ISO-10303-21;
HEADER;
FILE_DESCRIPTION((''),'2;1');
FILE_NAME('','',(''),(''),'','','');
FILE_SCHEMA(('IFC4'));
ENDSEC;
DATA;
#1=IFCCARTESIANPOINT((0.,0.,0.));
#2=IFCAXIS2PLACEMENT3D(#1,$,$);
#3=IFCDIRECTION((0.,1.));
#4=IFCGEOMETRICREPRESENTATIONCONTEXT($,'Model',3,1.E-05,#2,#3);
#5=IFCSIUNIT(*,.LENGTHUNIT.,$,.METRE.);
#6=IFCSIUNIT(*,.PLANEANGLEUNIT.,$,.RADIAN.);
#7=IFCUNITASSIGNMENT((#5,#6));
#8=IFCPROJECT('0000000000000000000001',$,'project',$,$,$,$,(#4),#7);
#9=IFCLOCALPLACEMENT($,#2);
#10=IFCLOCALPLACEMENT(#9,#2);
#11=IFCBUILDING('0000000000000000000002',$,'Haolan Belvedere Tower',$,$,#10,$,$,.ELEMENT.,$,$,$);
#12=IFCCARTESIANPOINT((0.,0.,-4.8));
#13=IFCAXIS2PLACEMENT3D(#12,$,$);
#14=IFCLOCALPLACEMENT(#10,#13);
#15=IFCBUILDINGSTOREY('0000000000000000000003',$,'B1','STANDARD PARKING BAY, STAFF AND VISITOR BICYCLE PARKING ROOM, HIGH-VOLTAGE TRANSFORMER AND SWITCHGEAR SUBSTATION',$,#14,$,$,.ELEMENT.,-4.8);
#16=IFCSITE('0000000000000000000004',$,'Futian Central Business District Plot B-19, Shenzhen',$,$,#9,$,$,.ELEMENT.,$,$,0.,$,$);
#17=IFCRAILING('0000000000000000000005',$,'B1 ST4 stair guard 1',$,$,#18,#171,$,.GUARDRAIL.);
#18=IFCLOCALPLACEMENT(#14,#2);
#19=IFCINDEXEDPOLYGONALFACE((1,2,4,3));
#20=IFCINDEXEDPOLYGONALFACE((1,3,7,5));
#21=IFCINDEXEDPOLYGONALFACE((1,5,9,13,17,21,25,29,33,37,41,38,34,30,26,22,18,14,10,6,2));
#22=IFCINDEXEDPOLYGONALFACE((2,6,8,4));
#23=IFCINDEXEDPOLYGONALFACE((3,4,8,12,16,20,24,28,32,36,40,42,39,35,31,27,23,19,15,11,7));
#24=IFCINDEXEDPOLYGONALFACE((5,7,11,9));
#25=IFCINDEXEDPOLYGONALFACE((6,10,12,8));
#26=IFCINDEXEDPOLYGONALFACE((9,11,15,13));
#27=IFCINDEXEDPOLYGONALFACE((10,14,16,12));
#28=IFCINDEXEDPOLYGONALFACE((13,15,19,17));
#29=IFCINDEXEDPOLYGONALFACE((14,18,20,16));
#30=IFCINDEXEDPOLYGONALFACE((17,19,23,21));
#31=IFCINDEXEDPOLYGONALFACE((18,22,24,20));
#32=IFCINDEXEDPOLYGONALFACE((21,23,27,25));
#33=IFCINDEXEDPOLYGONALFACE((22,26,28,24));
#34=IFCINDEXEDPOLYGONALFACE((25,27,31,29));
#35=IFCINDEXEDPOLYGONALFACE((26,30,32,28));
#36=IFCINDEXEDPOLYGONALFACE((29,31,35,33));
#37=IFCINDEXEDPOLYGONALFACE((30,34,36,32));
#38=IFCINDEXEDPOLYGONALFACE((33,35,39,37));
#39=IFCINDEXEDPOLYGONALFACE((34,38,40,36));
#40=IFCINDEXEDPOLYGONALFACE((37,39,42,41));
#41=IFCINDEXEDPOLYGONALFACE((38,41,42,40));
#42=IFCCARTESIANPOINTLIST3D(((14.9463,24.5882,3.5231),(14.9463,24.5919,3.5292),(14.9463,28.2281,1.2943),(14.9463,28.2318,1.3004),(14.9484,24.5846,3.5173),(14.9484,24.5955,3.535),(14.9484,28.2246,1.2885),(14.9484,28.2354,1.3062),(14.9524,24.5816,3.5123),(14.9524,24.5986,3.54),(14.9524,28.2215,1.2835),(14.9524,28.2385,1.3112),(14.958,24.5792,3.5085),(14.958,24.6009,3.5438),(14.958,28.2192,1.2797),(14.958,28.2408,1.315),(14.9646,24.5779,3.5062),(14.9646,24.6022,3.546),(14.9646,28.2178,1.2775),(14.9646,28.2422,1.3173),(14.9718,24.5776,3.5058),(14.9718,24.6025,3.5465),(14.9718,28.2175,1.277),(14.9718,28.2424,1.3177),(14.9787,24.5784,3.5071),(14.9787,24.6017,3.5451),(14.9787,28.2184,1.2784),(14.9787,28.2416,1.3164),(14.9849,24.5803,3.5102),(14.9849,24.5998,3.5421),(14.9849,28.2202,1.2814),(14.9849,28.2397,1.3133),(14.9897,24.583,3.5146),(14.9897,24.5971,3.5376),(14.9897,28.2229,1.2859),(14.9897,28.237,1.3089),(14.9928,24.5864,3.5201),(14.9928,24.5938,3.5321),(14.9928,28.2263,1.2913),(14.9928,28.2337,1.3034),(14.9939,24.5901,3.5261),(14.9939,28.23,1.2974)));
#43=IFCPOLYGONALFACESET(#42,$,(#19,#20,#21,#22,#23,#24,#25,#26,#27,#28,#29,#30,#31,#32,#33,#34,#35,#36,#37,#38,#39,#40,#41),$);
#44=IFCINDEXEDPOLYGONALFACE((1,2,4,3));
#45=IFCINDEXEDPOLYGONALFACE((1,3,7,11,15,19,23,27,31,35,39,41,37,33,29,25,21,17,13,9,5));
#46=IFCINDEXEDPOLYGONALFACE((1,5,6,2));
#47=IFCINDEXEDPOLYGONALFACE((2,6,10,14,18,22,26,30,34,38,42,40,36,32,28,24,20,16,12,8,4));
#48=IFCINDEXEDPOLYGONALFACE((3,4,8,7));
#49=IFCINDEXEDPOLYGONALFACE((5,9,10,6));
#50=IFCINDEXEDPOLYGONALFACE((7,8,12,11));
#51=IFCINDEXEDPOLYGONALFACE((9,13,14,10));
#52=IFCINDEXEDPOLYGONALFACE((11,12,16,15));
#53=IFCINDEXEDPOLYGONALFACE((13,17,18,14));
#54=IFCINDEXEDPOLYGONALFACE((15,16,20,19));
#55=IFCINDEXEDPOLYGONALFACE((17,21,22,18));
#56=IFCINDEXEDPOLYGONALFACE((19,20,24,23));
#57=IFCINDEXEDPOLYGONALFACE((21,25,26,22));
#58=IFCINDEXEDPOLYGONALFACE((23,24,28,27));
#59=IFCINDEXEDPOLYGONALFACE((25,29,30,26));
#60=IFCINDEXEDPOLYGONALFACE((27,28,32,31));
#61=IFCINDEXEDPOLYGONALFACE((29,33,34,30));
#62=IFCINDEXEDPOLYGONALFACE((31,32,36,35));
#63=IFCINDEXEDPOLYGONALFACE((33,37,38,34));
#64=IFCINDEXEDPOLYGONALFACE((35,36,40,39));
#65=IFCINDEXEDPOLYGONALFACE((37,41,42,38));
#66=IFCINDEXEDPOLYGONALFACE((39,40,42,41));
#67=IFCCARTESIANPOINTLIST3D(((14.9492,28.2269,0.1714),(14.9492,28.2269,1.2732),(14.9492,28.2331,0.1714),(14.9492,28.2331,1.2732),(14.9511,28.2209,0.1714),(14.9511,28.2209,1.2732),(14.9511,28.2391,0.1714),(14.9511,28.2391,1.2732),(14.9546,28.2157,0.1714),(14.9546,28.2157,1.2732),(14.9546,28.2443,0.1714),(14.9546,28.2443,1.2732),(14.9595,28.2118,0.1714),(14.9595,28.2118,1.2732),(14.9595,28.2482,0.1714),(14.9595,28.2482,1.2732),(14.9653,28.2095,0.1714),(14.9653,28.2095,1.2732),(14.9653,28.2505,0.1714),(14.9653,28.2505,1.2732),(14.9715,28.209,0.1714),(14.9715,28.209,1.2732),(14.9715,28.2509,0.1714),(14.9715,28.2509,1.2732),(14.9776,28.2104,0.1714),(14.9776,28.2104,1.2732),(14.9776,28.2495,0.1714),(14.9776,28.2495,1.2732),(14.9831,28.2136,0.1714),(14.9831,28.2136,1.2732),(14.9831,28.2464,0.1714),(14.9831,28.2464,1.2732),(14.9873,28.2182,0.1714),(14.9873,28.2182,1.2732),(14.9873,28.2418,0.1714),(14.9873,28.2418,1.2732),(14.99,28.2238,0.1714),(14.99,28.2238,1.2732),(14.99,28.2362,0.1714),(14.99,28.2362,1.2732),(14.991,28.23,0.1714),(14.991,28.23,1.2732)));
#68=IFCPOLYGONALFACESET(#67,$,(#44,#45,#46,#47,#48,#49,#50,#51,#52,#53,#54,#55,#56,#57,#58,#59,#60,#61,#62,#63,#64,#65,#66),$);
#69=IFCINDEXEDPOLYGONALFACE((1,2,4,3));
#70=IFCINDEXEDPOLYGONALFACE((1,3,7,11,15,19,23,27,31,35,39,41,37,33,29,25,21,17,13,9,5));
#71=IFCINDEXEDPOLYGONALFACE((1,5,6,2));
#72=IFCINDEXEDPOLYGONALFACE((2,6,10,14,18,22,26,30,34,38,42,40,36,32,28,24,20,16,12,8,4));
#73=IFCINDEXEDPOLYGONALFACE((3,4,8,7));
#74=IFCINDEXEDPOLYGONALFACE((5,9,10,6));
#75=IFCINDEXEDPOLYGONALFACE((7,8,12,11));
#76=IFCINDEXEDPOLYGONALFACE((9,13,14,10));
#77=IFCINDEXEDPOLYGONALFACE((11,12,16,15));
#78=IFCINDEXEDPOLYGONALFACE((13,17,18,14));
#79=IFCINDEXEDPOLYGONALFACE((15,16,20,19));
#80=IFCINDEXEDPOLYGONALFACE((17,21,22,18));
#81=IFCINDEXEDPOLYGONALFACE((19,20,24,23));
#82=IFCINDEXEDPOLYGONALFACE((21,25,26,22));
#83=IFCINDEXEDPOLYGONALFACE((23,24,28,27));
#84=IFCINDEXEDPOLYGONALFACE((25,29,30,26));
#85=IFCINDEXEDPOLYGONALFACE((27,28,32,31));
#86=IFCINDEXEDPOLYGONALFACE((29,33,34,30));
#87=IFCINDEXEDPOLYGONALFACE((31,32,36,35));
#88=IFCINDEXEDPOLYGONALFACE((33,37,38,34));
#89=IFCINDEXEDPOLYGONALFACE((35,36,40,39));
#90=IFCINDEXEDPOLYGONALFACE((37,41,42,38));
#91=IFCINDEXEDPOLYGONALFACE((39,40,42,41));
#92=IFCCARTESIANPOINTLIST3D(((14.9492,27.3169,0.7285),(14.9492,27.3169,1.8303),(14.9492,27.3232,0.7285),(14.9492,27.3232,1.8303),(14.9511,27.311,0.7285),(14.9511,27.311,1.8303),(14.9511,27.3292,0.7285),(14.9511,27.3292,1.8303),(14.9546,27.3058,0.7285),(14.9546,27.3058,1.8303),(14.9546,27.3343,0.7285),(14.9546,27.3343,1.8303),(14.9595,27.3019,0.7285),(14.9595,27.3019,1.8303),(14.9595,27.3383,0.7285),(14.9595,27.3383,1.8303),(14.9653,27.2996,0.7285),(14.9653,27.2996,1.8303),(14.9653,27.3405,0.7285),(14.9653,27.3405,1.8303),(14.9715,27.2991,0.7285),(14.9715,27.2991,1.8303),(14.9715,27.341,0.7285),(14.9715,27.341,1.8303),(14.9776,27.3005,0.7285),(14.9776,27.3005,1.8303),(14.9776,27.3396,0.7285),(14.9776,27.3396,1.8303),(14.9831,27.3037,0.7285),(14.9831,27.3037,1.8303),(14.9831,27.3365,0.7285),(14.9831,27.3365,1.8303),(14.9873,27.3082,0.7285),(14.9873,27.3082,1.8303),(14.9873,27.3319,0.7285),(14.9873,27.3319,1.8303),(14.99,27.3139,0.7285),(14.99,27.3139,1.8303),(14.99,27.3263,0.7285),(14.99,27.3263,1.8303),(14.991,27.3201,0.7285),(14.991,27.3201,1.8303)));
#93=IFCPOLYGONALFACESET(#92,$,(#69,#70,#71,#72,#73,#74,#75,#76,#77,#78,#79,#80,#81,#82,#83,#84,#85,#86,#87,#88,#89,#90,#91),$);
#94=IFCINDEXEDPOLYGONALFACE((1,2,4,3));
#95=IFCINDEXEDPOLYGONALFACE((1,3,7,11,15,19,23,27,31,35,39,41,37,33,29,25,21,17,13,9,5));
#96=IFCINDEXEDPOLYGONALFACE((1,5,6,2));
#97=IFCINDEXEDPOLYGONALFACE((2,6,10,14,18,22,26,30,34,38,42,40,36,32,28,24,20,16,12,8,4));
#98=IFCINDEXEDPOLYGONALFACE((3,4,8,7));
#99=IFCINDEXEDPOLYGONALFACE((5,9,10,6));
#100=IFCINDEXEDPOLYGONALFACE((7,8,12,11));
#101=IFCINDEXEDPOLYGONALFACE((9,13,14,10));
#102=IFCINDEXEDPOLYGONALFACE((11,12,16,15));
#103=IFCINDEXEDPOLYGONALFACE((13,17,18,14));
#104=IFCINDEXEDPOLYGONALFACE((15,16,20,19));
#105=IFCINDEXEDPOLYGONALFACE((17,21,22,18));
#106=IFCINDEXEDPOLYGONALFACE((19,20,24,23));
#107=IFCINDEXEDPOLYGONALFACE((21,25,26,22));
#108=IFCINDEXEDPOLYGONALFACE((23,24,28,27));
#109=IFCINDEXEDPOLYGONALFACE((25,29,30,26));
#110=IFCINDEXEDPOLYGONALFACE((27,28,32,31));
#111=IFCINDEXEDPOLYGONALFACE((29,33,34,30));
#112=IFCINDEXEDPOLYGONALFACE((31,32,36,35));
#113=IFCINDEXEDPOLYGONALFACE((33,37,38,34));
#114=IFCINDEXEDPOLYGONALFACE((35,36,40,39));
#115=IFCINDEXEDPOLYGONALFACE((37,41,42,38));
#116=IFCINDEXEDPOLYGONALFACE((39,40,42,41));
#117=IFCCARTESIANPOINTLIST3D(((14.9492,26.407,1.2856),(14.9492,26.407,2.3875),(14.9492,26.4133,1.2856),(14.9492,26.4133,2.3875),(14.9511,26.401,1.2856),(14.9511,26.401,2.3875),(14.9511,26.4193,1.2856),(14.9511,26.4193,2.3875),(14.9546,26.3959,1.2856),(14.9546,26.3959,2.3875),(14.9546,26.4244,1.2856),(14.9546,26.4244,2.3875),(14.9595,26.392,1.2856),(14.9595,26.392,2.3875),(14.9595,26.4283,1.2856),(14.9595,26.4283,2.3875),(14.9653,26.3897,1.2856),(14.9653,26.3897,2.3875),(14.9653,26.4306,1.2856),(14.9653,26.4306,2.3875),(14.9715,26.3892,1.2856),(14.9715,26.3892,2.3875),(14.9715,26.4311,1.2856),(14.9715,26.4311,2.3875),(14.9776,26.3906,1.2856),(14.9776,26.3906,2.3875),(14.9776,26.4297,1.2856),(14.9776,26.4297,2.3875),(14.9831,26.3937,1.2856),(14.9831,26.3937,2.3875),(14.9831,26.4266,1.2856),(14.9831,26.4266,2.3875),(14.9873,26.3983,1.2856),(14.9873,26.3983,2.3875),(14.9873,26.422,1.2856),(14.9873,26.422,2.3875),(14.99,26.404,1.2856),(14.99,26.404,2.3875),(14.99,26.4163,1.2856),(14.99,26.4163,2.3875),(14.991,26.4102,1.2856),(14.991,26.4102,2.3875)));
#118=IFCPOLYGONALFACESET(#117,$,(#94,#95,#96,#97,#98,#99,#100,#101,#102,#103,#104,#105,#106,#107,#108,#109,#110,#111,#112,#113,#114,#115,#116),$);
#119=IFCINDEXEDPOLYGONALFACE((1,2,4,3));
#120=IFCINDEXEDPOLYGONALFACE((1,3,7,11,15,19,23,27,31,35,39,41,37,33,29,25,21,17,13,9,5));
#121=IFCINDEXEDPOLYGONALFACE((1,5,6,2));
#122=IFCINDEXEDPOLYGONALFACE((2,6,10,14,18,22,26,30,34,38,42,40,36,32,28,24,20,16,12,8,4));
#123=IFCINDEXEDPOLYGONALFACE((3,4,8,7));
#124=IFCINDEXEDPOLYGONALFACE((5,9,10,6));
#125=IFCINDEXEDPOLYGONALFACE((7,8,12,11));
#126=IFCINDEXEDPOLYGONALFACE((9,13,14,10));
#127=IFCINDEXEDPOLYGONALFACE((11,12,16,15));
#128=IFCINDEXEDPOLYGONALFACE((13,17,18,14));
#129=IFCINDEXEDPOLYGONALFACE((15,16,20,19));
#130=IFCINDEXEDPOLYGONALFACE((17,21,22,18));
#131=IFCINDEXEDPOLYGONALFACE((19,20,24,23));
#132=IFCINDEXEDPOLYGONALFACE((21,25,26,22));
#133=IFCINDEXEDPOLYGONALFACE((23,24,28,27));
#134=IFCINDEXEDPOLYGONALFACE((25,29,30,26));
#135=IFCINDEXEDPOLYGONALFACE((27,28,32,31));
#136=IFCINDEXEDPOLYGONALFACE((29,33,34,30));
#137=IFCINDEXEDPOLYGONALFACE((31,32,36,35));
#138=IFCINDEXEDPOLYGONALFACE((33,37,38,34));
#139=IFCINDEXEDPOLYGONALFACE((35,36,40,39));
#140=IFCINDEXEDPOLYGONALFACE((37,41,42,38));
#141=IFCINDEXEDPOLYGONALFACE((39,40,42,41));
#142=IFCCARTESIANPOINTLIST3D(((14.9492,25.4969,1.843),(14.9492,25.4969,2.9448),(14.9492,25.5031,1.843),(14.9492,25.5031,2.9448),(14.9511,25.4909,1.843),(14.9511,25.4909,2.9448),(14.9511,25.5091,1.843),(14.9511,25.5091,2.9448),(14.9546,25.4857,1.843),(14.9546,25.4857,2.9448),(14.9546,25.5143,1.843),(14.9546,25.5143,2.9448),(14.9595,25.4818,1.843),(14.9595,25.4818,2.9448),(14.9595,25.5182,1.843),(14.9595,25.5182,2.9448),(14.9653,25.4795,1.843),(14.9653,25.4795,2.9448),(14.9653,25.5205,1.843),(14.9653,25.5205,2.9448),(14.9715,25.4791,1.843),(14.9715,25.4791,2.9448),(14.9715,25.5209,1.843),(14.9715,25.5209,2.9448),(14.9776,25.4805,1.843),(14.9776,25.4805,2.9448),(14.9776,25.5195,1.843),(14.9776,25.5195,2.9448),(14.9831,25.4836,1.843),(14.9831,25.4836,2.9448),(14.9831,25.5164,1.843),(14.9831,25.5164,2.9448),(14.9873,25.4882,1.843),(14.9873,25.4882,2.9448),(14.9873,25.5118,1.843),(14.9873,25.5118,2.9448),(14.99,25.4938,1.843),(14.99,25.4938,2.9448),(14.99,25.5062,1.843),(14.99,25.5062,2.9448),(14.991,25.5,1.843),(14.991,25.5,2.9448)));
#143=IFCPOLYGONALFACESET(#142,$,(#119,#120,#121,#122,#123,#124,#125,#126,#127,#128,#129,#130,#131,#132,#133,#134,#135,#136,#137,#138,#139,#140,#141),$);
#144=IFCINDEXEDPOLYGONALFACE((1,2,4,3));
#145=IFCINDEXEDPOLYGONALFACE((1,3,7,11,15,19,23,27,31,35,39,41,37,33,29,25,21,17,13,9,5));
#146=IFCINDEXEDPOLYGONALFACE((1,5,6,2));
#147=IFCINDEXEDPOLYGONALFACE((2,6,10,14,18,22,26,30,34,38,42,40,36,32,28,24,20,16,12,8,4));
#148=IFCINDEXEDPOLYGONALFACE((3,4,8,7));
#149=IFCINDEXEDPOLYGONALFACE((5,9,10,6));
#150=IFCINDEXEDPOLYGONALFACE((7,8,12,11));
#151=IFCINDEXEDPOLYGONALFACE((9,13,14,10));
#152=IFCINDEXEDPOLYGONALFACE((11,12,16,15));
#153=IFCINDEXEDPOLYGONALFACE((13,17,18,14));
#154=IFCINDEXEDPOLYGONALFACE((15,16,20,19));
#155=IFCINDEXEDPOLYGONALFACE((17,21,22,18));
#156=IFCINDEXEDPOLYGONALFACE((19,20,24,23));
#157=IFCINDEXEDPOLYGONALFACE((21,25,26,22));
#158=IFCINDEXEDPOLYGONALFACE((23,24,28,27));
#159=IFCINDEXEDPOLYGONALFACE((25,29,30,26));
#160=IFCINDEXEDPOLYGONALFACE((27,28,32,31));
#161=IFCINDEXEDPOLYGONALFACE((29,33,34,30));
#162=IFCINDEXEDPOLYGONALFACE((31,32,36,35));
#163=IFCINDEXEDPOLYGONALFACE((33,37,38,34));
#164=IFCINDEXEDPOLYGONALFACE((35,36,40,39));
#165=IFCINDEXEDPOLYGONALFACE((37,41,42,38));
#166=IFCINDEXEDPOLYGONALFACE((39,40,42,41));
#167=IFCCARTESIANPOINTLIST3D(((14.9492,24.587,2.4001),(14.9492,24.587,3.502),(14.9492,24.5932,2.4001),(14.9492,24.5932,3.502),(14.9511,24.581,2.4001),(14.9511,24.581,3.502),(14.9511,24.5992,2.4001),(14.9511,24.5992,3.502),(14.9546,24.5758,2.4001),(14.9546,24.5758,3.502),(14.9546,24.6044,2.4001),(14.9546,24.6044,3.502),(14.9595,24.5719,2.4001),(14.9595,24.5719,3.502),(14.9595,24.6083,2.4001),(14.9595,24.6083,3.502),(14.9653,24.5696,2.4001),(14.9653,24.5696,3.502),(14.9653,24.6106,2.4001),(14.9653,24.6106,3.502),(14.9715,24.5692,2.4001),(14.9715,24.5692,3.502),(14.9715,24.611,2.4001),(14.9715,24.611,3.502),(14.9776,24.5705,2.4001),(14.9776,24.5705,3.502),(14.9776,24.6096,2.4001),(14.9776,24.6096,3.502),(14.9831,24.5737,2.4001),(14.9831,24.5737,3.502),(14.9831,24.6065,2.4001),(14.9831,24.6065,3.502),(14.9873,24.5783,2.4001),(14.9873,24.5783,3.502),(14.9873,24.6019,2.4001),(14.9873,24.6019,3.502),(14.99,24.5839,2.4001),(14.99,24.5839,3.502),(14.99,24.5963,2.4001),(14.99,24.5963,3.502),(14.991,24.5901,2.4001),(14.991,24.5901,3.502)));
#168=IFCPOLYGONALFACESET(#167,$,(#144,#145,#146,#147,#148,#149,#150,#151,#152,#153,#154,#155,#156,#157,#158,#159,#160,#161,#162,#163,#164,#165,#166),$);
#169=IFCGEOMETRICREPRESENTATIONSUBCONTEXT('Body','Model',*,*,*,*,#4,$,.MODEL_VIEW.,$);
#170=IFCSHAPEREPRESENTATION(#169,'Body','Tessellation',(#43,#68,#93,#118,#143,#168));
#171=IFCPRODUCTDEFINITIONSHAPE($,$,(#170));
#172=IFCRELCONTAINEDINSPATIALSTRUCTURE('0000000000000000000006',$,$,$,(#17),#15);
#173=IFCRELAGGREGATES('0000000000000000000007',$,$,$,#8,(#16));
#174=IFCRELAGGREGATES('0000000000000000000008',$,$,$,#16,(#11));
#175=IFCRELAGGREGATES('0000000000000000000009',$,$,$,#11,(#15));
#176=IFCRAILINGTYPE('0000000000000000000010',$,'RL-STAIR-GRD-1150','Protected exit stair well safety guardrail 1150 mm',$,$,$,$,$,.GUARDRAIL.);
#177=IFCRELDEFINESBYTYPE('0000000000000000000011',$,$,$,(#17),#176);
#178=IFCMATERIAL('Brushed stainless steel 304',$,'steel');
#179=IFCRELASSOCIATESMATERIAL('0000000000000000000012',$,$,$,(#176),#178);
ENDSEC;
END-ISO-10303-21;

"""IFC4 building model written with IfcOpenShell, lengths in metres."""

from ifc_helpers import new_model, si_unit, direction, frame, origin, origin_2d, place, context, subcontext, project, spatial, circle, extrude, material, type_object, element, save


model = new_model("IFC4")

# Units and contexts
model_context = context("Model", 3, precision=1e-05, world=origin(), true_north=direction((0.0, 1.0)))
body_context = subcontext(model_context, "Body", "Model", "MODEL_VIEW")
ifc_project = project(units=[si_unit("LENGTHUNIT", "METRE"), si_unit("PLANEANGLEUNIT", "RADIAN")], contexts=[model_context])

# Site, building, storey
site_placement = place(None, origin())
site = spatial("IfcSite", under=ifc_project, at=site_placement, Name="Futian Central Business District Plot B-19, Shenzhen", CompositionType="ELEMENT", RefElevation=0.0)
building_placement = place(site_placement, origin())
building = spatial("IfcBuilding", under=site, at=building_placement, Name="Haolan Belvedere Tower", CompositionType="ELEMENT")
storey_placement = place(building_placement, frame((0.0, 0.0, -4.8)))
storey = spatial("IfcBuildingStorey", under=building, at=storey_placement, Name="B1", Description="STANDARD PARKING BAY, STAFF AND VISITOR BICYCLE PARKING ROOM, HIGH-VOLTAGE TRANSFORMER AND SWITCHGEAR SUBSTATION", CompositionType="ELEMENT", Elevation=-4.8)

# Railing
ifc_material_1 = material(Name="Brushed stainless steel 304", Category="steel")
railing_type_1 = type_object("IfcRailingType", Name="RL-STAIR-GRD-1150", Description="Protected exit stair well safety guardrail 1150 mm", PredefinedType="GUARDRAIL", material=ifc_material_1)
railing_1_placement = place(storey_placement, frame((14.97, 28.23, 0.1714)))
element("IfcRailing", 1, at=railing_1_placement, inside=storey, type_object=railing_type_1, Name="B1 ST4 stair guard 1", PredefinedType="GUARDRAIL", context=body_context, shape_type="SweptSolid", body=[
    extrude(circle(Radius=0.0239, at=origin_2d()), frame((0.0, 0.0, 1.126), z_axis=(0.0, -0.852825, 0.522197), x_axis=(1.0, 0.0, 0.0)), (0.0, 0.0, 1.0), 4.2681),
    extrude(circle(Radius=0.021, at=origin_2d()), origin(), (0.0, 0.0, 1.0), 1.1018),
    extrude(circle(Radius=0.021, at=origin_2d()), frame((0.0, -0.9099, 0.5571)), (0.0, 0.0, 1.0), 1.1018),
    extrude(circle(Radius=0.021, at=origin_2d()), frame((0.0, -1.8198, 1.1143)), (0.0, 0.0, 1.0), 1.1018),
    extrude(circle(Radius=0.021, at=origin_2d()), frame((0.0, -2.73, 1.6716)), (0.0, 0.0, 1.0), 1.1018),
    extrude(circle(Radius=0.021, at=origin_2d()), frame((0.0, -3.6399, 2.2288)), (0.0, 0.0, 1.0), 1.1018),
])

save(model, "model.ifc")
